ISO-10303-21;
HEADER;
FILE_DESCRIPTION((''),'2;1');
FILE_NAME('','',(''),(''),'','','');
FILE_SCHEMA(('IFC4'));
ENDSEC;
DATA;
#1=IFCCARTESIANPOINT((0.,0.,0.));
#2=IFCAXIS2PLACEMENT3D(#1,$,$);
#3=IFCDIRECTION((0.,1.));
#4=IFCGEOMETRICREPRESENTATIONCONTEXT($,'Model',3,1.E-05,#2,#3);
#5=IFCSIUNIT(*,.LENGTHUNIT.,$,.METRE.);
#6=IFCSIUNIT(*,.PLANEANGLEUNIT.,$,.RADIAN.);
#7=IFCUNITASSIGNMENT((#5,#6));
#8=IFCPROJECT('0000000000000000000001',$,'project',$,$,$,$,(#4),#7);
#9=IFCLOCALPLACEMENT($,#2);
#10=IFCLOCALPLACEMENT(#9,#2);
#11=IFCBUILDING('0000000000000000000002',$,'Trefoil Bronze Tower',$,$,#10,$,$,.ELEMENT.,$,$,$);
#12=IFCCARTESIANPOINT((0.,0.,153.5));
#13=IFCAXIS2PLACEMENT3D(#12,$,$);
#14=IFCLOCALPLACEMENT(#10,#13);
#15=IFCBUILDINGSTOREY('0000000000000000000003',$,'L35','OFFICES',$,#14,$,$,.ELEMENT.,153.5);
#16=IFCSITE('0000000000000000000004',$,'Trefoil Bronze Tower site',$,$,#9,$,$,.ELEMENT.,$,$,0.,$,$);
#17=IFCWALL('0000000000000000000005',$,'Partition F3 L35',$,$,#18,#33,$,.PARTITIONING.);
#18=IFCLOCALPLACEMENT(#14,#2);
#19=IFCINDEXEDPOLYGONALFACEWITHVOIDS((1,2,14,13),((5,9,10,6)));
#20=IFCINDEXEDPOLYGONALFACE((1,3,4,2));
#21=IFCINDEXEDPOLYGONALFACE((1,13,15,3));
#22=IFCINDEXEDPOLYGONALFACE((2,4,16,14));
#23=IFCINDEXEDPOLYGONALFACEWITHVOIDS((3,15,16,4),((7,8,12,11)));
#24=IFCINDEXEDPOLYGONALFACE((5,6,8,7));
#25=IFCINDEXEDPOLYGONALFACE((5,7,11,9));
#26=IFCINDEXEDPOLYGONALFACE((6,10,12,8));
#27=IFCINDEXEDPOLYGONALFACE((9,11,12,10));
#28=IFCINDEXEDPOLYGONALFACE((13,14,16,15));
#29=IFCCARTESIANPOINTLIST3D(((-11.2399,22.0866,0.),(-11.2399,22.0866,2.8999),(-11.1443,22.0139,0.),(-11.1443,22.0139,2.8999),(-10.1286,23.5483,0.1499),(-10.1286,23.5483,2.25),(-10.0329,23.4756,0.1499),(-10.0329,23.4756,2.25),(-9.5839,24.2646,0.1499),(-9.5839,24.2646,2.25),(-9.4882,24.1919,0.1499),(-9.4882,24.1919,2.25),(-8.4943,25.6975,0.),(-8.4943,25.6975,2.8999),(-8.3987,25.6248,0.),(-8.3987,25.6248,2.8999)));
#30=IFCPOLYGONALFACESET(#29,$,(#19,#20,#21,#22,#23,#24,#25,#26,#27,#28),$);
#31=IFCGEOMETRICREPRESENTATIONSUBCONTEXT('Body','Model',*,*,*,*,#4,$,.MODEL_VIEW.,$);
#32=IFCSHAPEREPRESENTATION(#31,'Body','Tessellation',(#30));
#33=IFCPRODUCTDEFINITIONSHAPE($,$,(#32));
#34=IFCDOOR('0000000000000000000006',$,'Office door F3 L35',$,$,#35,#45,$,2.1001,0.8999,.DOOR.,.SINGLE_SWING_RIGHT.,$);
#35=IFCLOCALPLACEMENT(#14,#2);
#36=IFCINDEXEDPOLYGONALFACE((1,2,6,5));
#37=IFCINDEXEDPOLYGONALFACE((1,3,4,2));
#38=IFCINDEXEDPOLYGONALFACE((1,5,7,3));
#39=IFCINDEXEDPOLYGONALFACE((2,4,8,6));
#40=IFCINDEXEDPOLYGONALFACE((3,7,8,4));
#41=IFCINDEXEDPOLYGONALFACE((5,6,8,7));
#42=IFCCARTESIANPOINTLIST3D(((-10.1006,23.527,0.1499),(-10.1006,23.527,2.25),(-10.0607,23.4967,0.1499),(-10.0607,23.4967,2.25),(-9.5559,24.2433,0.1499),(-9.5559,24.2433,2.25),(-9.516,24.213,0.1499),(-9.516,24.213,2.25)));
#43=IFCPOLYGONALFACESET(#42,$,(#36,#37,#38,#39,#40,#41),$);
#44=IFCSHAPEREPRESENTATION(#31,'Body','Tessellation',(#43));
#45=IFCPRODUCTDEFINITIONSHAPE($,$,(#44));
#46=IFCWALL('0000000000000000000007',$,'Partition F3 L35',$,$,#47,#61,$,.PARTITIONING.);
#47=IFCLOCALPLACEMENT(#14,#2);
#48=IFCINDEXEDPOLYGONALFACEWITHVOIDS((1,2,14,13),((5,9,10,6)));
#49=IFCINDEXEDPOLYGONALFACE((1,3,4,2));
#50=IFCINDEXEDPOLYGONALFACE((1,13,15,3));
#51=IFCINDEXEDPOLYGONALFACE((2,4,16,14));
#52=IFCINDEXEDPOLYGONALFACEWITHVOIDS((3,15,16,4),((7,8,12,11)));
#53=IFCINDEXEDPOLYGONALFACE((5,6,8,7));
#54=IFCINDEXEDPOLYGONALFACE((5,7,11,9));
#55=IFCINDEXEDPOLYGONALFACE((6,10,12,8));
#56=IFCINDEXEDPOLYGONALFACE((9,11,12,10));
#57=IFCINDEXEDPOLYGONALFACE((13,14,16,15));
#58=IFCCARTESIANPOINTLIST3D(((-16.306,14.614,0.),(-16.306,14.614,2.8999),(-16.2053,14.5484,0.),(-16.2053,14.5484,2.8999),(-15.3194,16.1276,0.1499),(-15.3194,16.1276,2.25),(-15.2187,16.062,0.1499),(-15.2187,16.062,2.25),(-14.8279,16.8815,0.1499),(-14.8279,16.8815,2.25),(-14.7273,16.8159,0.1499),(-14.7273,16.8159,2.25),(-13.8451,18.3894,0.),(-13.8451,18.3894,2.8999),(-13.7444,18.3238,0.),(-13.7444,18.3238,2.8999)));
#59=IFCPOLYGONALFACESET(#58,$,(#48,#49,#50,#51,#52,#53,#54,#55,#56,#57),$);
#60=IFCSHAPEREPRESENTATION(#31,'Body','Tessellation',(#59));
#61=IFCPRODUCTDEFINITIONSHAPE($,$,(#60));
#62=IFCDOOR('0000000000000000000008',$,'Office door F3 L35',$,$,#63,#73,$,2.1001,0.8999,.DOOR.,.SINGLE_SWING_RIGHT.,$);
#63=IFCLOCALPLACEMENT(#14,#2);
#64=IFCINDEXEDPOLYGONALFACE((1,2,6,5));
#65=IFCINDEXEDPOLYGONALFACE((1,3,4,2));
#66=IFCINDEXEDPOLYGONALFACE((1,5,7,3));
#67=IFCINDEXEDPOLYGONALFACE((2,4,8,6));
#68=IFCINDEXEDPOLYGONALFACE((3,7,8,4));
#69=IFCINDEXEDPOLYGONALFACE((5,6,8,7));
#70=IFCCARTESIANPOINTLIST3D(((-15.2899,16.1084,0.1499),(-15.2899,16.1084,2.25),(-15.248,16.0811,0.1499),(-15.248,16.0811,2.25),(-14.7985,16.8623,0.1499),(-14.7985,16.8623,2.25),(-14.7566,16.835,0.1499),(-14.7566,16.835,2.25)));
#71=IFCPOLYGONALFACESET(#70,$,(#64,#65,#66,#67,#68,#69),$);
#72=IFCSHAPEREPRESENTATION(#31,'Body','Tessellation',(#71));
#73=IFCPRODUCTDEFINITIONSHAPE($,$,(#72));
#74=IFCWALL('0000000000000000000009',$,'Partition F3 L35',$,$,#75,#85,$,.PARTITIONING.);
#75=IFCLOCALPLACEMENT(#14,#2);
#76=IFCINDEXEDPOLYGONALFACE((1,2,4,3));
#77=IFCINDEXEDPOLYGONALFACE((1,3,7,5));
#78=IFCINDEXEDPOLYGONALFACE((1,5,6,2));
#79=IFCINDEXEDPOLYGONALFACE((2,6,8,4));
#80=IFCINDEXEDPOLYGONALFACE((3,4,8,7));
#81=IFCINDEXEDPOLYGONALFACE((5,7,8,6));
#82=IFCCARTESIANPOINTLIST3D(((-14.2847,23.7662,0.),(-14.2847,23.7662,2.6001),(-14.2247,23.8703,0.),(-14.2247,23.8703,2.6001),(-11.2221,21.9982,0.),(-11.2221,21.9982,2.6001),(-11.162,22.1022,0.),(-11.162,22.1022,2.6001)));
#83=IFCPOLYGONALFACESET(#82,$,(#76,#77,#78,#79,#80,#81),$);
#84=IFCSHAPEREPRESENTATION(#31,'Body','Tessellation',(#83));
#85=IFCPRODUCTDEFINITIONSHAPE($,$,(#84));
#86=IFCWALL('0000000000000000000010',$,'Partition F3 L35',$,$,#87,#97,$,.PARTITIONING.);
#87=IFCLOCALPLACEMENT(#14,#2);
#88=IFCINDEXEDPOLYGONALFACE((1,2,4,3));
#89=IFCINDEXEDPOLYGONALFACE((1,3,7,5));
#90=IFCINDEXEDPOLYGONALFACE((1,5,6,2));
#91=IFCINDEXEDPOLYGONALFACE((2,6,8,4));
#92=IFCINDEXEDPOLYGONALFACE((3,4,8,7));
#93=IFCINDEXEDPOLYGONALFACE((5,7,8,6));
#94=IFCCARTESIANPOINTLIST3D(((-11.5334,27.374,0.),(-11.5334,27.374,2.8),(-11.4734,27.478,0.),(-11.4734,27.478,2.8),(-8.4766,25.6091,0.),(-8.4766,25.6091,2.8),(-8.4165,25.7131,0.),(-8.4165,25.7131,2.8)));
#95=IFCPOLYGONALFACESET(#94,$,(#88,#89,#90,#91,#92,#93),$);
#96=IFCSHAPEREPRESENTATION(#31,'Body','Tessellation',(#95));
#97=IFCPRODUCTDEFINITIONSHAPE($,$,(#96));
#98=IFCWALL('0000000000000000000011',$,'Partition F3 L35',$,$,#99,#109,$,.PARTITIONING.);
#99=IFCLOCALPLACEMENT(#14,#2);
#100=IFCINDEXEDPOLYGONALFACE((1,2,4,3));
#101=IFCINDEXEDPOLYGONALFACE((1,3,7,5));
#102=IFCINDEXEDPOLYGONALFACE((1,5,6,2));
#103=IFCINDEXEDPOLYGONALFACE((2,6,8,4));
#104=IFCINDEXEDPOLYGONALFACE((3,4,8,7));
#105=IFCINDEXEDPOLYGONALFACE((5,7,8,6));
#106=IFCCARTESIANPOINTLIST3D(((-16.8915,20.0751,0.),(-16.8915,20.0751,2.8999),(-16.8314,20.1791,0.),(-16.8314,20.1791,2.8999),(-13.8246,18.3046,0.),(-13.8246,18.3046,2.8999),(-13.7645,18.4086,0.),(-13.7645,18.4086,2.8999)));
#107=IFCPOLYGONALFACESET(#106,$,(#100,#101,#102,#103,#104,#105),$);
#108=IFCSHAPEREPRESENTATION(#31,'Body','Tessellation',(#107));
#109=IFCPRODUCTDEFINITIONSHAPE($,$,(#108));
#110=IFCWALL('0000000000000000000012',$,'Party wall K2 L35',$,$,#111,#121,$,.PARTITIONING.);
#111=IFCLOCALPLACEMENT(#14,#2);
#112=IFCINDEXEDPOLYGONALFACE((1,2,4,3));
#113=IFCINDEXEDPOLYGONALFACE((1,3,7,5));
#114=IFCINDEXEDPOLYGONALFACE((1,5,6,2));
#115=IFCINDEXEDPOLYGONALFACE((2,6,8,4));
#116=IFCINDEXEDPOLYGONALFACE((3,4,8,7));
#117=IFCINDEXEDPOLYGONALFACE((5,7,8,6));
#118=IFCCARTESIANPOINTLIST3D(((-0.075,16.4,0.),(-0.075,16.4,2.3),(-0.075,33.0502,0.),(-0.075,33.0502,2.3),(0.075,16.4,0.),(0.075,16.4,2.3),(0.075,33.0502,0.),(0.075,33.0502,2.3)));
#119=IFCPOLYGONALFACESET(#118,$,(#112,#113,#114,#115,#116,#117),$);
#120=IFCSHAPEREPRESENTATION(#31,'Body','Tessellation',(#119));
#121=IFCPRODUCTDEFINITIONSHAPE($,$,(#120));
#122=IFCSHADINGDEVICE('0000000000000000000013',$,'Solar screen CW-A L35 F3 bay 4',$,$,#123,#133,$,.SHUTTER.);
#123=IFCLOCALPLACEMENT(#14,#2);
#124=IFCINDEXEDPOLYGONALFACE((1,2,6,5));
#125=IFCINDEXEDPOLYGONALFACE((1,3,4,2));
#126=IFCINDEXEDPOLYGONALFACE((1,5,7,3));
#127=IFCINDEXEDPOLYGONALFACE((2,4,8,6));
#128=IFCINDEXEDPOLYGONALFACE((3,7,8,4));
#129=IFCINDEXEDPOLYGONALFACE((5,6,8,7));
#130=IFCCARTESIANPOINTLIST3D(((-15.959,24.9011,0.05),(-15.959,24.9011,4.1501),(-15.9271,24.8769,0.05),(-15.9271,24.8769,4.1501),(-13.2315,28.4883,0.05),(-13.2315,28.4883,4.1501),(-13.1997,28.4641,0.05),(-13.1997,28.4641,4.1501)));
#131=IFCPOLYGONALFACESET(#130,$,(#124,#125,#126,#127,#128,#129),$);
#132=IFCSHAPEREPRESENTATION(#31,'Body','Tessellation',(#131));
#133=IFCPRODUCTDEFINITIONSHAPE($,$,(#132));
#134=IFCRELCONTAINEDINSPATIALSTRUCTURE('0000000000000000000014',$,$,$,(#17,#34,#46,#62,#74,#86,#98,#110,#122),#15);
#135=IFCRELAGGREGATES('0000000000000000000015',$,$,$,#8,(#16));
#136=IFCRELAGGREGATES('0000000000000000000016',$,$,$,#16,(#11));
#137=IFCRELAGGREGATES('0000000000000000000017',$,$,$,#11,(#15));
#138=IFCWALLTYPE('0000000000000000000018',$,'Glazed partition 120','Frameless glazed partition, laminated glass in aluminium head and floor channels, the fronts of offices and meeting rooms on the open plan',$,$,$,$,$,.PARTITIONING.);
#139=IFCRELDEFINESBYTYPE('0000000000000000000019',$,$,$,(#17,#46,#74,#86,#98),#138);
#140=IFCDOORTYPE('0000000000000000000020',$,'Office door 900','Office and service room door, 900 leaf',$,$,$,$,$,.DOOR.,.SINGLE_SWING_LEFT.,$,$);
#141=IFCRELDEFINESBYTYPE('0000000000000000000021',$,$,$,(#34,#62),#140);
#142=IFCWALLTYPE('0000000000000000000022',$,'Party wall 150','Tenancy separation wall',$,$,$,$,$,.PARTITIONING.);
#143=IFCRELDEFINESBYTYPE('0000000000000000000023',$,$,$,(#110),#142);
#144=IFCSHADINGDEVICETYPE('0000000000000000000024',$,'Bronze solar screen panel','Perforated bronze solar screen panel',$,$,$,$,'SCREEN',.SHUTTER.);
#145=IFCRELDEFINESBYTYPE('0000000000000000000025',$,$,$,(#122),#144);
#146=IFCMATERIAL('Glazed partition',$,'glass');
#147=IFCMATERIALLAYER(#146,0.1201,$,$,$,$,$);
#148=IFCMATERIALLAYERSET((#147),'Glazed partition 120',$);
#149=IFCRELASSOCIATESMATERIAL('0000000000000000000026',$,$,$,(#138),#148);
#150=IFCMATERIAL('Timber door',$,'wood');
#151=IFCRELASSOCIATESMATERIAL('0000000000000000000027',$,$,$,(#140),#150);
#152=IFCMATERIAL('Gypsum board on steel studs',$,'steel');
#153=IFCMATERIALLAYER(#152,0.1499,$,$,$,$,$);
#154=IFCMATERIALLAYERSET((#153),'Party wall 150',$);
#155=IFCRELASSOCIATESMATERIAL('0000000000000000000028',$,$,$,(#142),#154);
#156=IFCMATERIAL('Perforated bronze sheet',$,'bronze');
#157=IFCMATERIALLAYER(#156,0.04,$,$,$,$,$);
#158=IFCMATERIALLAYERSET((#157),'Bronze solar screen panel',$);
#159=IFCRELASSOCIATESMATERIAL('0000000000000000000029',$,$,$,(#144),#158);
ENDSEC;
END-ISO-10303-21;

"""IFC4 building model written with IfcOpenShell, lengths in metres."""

from ifc_helpers import new_model, si_unit, direction, frame, frame_2d, origin, origin_2d, place, context, subcontext, project, spatial, rectangle, extrude, material, layer, layer_set, type_object, element, fill, save


model = new_model("IFC4")

# Units and contexts
model_context = context("Model", 3, precision=1e-05, world=origin(), true_north=direction((0.0, 1.0)))
body_context = subcontext(model_context, "Body", "Model", "MODEL_VIEW")
ifc_project = project(units=[si_unit("LENGTHUNIT", "METRE"), si_unit("PLANEANGLEUNIT", "RADIAN")], contexts=[model_context])

# Site, building, storey
site_placement = place(None, origin())
site = spatial("IfcSite", under=ifc_project, at=site_placement, Name="Trefoil Bronze Tower site", CompositionType="ELEMENT", RefElevation=0.0)
building_placement = place(site_placement, origin())
building = spatial("IfcBuilding", under=site, at=building_placement, Name="Trefoil Bronze Tower", CompositionType="ELEMENT")
storey_placement = place(building_placement, frame((0.0, 0.0, 153.5)))
storey = spatial("IfcBuildingStorey", under=building, at=storey_placement, Name="L35", Description="OFFICES", CompositionType="ELEMENT", Elevation=153.5)

# Walls, openings, doors
ifc_material_1 = material(Name="Glazed partition", Category="glass")
ifc_layer_1 = layer(ifc_material_1, 0.1201)
ifc_layer_set_1 = layer_set([ifc_layer_1], Name="Glazed partition 120")
wall_type_1 = type_object("IfcWallType", Name="Glazed partition 120", Description="Frameless glazed partition, laminated glass in aluminium head and floor channels, the fronts of offices and meeting rooms on the open plan", PredefinedType="PARTITIONING", material=ifc_layer_set_1)
ifc_material_2 = material(Name="Timber door", Category="wood")
door_type_1 = type_object("IfcDoorType", Name="Office door 900", Description="Office and service room door, 900 leaf", OperationType="SINGLE_SWING_LEFT", PredefinedType="DOOR", material=ifc_material_2)
wall_1_placement = place(storey_placement, frame((-8.4465, 25.6611, 0.0), z_axis=(0.0, 0.0, 1.0), x_axis=(-0.605274, -0.796017, 0.0)))
wall_1 = element("IfcWall", 1, at=wall_1_placement, inside=storey, type_object=wall_type_1, Name="Partition F3 L35", PredefinedType="PARTITIONING", context=body_context, shape_type="SweptSolid", body=[
    extrude(rectangle(XDim=4.5361, YDim=0.1201, at=frame_2d((2.2681, 0.0))), origin(), (0.0, 0.0, 1.0), 2.8999),
])
opening_1_placement = place(wall_1_placement, frame((1.8, 0.0, 0.1499)))
opening_1 = element("IfcOpeningElement", 2, at=opening_1_placement, cuts=wall_1, PredefinedType="OPENING", context=body_context, shape_type="SweptSolid", body=[
    extrude(rectangle(XDim=0.8999, YDim=2.1001, at=frame_2d((0.45, 1.05))), frame((0.0, 0.0701, 0.0), z_axis=(0.0, -1.0, 0.0), x_axis=(1.0, 0.0, 0.0)), (0.0, 0.0, 1.0), 0.1401),
])
door_1_placement = place(opening_1_placement, frame((0.8999, 0.0, 0.0), z_axis=(0.0, 0.0, 1.0), x_axis=(-1.0, 0.0, 0.0)))
door_1 = element("IfcDoor", 3, at=door_1_placement, inside=storey, type_object=door_type_1, Name="Office door F3 L35", OperationType="SINGLE_SWING_RIGHT", OverallHeight=2.1001, OverallWidth=0.8999, PredefinedType="DOOR", context=body_context, shape_type="SweptSolid", body=[
    extrude(rectangle(XDim=0.8999, YDim=2.1001, at=frame_2d((0.45, 1.05))), frame((0.0, 0.0249, 0.0), z_axis=(0.0, -1.0, 0.0), x_axis=(1.0, 0.0, 0.0)), (0.0, 0.0, 1.0), 0.05),
])
fill(opening_1, door_1)
wall_2_placement = place(storey_placement, frame((-13.7947, 18.3567, 0.0), z_axis=(0.0, 0.0, 1.0), x_axis=(-0.546069, -0.83774, 0.0)))
wall_2 = element("IfcWall", 4, at=wall_2_placement, inside=storey, type_object=wall_type_1, Name="Partition F3 L35", PredefinedType="PARTITIONING", context=body_context, shape_type="SweptSolid", body=[
    extrude(rectangle(XDim=4.5066, YDim=0.1201, at=frame_2d((2.2534, 0.0))), origin(), (0.0, 0.0, 1.0), 2.8999),
])
opening_2_placement = place(wall_2_placement, frame((1.8, 0.0, 0.1499)))
opening_2 = element("IfcOpeningElement", 5, at=opening_2_placement, cuts=wall_2, PredefinedType="OPENING", context=body_context, shape_type="SweptSolid", body=[
    extrude(rectangle(XDim=0.8999, YDim=2.1001, at=frame_2d((0.45, 1.05))), frame((0.0, 0.0701, 0.0), z_axis=(0.0, -1.0, 0.0), x_axis=(1.0, 0.0, 0.0)), (0.0, 0.0, 1.0), 0.1401),
])
door_2_placement = place(opening_2_placement, frame((0.8999, 0.0, 0.0), z_axis=(0.0, 0.0, 1.0), x_axis=(-1.0, 0.0, 0.0)))
door_2 = element("IfcDoor", 6, at=door_2_placement, inside=storey, type_object=door_type_1, Name="Office door F3 L35", OperationType="SINGLE_SWING_RIGHT", OverallHeight=2.1001, OverallWidth=0.8999, PredefinedType="DOOR", context=body_context, shape_type="SweptSolid", body=[
    extrude(rectangle(XDim=0.8999, YDim=2.1001, at=frame_2d((0.45, 1.05))), frame((0.0, 0.0249, 0.0), z_axis=(0.0, -1.0, 0.0), x_axis=(1.0, 0.0, 0.0)), (0.0, 0.0, 1.0), 0.05),
])
fill(opening_2, door_2)

# Walls
wall_3_placement = place(storey_placement, frame((-11.1921, 22.0503, 0.0), z_axis=(0.0, 0.0, 1.0), x_axis=(-0.866051, 0.499956, 0.0)))
element("IfcWall", 7, at=wall_3_placement, inside=storey, type_object=wall_type_1, Name="Partition F3 L35", PredefinedType="PARTITIONING", context=body_context, shape_type="SweptSolid", body=[
    extrude(rectangle(XDim=3.5364, YDim=0.1201, at=frame_2d((1.7681, 0.0))), origin(), (0.0, 0.0, 1.0), 2.6001),
])
wall_4_placement = place(storey_placement, frame((-8.4465, 25.6611, 0.0), z_axis=(0.0, 0.0, 1.0), x_axis=(-0.866025, 0.5, 0.0)))
element("IfcWall", 8, at=wall_4_placement, inside=storey, type_object=wall_type_1, Name="Partition F3 L35", PredefinedType="PARTITIONING", context=body_context, shape_type="SweptSolid", body=[
    extrude(rectangle(XDim=3.5298, YDim=0.1201, at=frame_2d((1.7649, 0.0))), origin(), (0.0, 0.0, 1.0), 2.8),
])
wall_5_placement = place(storey_placement, frame((-13.7947, 18.3567, 0.0), z_axis=(0.0, 0.0, 1.0), x_axis=(-0.866046, 0.499965, 0.0)))
element("IfcWall", 9, at=wall_5_placement, inside=storey, type_object=wall_type_1, Name="Partition F3 L35", PredefinedType="PARTITIONING", context=body_context, shape_type="SweptSolid", body=[
    extrude(rectangle(XDim=3.5413, YDim=0.1201, at=frame_2d((1.7705, 0.0))), origin(), (0.0, 0.0, 1.0), 2.8999),
])
ifc_material_3 = material(Name="Gypsum board on steel studs", Category="steel")
ifc_layer_2 = layer(ifc_material_3, 0.1499)
ifc_layer_set_2 = layer_set([ifc_layer_2], Name="Party wall 150")
wall_type_2 = type_object("IfcWallType", Name="Party wall 150", Description="Tenancy separation wall", PredefinedType="PARTITIONING", material=ifc_layer_set_2)
wall_6_placement = place(storey_placement, frame((0.0, 16.3999, 0.0), z_axis=(0.0, 0.0, 1.0), x_axis=(0.0, 1.0, 0.0)))
element("IfcWall", 10, at=wall_6_placement, inside=storey, type_object=wall_type_2, Name="Party wall K2 L35", PredefinedType="PARTITIONING", context=body_context, shape_type="SweptSolid", body=[
    extrude(rectangle(XDim=16.6501, YDim=0.1499, at=frame_2d((8.3252, 0.0))), origin(), (0.0, 0.0, 1.0), 2.3),
])

# Shading device
ifc_material_4 = material(Name="Perforated bronze sheet", Category="bronze")
ifc_layer_3 = layer(ifc_material_4, 0.04)
ifc_layer_set_3 = layer_set([ifc_layer_3], Name="Bronze solar screen panel")
shading_device_type = type_object("IfcShadingDeviceType", Name="Bronze solar screen panel", Description="Perforated bronze solar screen panel", ElementType="SCREEN", PredefinedType="SHUTTER", material=ifc_layer_set_3)
shading_device_placement = place(storey_placement, frame((-14.5793, 26.6826, 0.05), z_axis=(0.0, 0.0, 1.0), x_axis=(-0.605252, -0.796034, 0.0)))
element("IfcShadingDevice", 11, at=shading_device_placement, inside=storey, type_object=shading_device_type, Name="Solar screen CW-A L35 F3 bay 4", PredefinedType="SHUTTER", context=body_context, shape_type="SweptSolid", body=[
    extrude(rectangle(XDim=4.5063, YDim=0.04, at=origin_2d()), origin(), (0.0, 0.0, 1.0), 4.1001),
])

save(model, "model.ifc")
